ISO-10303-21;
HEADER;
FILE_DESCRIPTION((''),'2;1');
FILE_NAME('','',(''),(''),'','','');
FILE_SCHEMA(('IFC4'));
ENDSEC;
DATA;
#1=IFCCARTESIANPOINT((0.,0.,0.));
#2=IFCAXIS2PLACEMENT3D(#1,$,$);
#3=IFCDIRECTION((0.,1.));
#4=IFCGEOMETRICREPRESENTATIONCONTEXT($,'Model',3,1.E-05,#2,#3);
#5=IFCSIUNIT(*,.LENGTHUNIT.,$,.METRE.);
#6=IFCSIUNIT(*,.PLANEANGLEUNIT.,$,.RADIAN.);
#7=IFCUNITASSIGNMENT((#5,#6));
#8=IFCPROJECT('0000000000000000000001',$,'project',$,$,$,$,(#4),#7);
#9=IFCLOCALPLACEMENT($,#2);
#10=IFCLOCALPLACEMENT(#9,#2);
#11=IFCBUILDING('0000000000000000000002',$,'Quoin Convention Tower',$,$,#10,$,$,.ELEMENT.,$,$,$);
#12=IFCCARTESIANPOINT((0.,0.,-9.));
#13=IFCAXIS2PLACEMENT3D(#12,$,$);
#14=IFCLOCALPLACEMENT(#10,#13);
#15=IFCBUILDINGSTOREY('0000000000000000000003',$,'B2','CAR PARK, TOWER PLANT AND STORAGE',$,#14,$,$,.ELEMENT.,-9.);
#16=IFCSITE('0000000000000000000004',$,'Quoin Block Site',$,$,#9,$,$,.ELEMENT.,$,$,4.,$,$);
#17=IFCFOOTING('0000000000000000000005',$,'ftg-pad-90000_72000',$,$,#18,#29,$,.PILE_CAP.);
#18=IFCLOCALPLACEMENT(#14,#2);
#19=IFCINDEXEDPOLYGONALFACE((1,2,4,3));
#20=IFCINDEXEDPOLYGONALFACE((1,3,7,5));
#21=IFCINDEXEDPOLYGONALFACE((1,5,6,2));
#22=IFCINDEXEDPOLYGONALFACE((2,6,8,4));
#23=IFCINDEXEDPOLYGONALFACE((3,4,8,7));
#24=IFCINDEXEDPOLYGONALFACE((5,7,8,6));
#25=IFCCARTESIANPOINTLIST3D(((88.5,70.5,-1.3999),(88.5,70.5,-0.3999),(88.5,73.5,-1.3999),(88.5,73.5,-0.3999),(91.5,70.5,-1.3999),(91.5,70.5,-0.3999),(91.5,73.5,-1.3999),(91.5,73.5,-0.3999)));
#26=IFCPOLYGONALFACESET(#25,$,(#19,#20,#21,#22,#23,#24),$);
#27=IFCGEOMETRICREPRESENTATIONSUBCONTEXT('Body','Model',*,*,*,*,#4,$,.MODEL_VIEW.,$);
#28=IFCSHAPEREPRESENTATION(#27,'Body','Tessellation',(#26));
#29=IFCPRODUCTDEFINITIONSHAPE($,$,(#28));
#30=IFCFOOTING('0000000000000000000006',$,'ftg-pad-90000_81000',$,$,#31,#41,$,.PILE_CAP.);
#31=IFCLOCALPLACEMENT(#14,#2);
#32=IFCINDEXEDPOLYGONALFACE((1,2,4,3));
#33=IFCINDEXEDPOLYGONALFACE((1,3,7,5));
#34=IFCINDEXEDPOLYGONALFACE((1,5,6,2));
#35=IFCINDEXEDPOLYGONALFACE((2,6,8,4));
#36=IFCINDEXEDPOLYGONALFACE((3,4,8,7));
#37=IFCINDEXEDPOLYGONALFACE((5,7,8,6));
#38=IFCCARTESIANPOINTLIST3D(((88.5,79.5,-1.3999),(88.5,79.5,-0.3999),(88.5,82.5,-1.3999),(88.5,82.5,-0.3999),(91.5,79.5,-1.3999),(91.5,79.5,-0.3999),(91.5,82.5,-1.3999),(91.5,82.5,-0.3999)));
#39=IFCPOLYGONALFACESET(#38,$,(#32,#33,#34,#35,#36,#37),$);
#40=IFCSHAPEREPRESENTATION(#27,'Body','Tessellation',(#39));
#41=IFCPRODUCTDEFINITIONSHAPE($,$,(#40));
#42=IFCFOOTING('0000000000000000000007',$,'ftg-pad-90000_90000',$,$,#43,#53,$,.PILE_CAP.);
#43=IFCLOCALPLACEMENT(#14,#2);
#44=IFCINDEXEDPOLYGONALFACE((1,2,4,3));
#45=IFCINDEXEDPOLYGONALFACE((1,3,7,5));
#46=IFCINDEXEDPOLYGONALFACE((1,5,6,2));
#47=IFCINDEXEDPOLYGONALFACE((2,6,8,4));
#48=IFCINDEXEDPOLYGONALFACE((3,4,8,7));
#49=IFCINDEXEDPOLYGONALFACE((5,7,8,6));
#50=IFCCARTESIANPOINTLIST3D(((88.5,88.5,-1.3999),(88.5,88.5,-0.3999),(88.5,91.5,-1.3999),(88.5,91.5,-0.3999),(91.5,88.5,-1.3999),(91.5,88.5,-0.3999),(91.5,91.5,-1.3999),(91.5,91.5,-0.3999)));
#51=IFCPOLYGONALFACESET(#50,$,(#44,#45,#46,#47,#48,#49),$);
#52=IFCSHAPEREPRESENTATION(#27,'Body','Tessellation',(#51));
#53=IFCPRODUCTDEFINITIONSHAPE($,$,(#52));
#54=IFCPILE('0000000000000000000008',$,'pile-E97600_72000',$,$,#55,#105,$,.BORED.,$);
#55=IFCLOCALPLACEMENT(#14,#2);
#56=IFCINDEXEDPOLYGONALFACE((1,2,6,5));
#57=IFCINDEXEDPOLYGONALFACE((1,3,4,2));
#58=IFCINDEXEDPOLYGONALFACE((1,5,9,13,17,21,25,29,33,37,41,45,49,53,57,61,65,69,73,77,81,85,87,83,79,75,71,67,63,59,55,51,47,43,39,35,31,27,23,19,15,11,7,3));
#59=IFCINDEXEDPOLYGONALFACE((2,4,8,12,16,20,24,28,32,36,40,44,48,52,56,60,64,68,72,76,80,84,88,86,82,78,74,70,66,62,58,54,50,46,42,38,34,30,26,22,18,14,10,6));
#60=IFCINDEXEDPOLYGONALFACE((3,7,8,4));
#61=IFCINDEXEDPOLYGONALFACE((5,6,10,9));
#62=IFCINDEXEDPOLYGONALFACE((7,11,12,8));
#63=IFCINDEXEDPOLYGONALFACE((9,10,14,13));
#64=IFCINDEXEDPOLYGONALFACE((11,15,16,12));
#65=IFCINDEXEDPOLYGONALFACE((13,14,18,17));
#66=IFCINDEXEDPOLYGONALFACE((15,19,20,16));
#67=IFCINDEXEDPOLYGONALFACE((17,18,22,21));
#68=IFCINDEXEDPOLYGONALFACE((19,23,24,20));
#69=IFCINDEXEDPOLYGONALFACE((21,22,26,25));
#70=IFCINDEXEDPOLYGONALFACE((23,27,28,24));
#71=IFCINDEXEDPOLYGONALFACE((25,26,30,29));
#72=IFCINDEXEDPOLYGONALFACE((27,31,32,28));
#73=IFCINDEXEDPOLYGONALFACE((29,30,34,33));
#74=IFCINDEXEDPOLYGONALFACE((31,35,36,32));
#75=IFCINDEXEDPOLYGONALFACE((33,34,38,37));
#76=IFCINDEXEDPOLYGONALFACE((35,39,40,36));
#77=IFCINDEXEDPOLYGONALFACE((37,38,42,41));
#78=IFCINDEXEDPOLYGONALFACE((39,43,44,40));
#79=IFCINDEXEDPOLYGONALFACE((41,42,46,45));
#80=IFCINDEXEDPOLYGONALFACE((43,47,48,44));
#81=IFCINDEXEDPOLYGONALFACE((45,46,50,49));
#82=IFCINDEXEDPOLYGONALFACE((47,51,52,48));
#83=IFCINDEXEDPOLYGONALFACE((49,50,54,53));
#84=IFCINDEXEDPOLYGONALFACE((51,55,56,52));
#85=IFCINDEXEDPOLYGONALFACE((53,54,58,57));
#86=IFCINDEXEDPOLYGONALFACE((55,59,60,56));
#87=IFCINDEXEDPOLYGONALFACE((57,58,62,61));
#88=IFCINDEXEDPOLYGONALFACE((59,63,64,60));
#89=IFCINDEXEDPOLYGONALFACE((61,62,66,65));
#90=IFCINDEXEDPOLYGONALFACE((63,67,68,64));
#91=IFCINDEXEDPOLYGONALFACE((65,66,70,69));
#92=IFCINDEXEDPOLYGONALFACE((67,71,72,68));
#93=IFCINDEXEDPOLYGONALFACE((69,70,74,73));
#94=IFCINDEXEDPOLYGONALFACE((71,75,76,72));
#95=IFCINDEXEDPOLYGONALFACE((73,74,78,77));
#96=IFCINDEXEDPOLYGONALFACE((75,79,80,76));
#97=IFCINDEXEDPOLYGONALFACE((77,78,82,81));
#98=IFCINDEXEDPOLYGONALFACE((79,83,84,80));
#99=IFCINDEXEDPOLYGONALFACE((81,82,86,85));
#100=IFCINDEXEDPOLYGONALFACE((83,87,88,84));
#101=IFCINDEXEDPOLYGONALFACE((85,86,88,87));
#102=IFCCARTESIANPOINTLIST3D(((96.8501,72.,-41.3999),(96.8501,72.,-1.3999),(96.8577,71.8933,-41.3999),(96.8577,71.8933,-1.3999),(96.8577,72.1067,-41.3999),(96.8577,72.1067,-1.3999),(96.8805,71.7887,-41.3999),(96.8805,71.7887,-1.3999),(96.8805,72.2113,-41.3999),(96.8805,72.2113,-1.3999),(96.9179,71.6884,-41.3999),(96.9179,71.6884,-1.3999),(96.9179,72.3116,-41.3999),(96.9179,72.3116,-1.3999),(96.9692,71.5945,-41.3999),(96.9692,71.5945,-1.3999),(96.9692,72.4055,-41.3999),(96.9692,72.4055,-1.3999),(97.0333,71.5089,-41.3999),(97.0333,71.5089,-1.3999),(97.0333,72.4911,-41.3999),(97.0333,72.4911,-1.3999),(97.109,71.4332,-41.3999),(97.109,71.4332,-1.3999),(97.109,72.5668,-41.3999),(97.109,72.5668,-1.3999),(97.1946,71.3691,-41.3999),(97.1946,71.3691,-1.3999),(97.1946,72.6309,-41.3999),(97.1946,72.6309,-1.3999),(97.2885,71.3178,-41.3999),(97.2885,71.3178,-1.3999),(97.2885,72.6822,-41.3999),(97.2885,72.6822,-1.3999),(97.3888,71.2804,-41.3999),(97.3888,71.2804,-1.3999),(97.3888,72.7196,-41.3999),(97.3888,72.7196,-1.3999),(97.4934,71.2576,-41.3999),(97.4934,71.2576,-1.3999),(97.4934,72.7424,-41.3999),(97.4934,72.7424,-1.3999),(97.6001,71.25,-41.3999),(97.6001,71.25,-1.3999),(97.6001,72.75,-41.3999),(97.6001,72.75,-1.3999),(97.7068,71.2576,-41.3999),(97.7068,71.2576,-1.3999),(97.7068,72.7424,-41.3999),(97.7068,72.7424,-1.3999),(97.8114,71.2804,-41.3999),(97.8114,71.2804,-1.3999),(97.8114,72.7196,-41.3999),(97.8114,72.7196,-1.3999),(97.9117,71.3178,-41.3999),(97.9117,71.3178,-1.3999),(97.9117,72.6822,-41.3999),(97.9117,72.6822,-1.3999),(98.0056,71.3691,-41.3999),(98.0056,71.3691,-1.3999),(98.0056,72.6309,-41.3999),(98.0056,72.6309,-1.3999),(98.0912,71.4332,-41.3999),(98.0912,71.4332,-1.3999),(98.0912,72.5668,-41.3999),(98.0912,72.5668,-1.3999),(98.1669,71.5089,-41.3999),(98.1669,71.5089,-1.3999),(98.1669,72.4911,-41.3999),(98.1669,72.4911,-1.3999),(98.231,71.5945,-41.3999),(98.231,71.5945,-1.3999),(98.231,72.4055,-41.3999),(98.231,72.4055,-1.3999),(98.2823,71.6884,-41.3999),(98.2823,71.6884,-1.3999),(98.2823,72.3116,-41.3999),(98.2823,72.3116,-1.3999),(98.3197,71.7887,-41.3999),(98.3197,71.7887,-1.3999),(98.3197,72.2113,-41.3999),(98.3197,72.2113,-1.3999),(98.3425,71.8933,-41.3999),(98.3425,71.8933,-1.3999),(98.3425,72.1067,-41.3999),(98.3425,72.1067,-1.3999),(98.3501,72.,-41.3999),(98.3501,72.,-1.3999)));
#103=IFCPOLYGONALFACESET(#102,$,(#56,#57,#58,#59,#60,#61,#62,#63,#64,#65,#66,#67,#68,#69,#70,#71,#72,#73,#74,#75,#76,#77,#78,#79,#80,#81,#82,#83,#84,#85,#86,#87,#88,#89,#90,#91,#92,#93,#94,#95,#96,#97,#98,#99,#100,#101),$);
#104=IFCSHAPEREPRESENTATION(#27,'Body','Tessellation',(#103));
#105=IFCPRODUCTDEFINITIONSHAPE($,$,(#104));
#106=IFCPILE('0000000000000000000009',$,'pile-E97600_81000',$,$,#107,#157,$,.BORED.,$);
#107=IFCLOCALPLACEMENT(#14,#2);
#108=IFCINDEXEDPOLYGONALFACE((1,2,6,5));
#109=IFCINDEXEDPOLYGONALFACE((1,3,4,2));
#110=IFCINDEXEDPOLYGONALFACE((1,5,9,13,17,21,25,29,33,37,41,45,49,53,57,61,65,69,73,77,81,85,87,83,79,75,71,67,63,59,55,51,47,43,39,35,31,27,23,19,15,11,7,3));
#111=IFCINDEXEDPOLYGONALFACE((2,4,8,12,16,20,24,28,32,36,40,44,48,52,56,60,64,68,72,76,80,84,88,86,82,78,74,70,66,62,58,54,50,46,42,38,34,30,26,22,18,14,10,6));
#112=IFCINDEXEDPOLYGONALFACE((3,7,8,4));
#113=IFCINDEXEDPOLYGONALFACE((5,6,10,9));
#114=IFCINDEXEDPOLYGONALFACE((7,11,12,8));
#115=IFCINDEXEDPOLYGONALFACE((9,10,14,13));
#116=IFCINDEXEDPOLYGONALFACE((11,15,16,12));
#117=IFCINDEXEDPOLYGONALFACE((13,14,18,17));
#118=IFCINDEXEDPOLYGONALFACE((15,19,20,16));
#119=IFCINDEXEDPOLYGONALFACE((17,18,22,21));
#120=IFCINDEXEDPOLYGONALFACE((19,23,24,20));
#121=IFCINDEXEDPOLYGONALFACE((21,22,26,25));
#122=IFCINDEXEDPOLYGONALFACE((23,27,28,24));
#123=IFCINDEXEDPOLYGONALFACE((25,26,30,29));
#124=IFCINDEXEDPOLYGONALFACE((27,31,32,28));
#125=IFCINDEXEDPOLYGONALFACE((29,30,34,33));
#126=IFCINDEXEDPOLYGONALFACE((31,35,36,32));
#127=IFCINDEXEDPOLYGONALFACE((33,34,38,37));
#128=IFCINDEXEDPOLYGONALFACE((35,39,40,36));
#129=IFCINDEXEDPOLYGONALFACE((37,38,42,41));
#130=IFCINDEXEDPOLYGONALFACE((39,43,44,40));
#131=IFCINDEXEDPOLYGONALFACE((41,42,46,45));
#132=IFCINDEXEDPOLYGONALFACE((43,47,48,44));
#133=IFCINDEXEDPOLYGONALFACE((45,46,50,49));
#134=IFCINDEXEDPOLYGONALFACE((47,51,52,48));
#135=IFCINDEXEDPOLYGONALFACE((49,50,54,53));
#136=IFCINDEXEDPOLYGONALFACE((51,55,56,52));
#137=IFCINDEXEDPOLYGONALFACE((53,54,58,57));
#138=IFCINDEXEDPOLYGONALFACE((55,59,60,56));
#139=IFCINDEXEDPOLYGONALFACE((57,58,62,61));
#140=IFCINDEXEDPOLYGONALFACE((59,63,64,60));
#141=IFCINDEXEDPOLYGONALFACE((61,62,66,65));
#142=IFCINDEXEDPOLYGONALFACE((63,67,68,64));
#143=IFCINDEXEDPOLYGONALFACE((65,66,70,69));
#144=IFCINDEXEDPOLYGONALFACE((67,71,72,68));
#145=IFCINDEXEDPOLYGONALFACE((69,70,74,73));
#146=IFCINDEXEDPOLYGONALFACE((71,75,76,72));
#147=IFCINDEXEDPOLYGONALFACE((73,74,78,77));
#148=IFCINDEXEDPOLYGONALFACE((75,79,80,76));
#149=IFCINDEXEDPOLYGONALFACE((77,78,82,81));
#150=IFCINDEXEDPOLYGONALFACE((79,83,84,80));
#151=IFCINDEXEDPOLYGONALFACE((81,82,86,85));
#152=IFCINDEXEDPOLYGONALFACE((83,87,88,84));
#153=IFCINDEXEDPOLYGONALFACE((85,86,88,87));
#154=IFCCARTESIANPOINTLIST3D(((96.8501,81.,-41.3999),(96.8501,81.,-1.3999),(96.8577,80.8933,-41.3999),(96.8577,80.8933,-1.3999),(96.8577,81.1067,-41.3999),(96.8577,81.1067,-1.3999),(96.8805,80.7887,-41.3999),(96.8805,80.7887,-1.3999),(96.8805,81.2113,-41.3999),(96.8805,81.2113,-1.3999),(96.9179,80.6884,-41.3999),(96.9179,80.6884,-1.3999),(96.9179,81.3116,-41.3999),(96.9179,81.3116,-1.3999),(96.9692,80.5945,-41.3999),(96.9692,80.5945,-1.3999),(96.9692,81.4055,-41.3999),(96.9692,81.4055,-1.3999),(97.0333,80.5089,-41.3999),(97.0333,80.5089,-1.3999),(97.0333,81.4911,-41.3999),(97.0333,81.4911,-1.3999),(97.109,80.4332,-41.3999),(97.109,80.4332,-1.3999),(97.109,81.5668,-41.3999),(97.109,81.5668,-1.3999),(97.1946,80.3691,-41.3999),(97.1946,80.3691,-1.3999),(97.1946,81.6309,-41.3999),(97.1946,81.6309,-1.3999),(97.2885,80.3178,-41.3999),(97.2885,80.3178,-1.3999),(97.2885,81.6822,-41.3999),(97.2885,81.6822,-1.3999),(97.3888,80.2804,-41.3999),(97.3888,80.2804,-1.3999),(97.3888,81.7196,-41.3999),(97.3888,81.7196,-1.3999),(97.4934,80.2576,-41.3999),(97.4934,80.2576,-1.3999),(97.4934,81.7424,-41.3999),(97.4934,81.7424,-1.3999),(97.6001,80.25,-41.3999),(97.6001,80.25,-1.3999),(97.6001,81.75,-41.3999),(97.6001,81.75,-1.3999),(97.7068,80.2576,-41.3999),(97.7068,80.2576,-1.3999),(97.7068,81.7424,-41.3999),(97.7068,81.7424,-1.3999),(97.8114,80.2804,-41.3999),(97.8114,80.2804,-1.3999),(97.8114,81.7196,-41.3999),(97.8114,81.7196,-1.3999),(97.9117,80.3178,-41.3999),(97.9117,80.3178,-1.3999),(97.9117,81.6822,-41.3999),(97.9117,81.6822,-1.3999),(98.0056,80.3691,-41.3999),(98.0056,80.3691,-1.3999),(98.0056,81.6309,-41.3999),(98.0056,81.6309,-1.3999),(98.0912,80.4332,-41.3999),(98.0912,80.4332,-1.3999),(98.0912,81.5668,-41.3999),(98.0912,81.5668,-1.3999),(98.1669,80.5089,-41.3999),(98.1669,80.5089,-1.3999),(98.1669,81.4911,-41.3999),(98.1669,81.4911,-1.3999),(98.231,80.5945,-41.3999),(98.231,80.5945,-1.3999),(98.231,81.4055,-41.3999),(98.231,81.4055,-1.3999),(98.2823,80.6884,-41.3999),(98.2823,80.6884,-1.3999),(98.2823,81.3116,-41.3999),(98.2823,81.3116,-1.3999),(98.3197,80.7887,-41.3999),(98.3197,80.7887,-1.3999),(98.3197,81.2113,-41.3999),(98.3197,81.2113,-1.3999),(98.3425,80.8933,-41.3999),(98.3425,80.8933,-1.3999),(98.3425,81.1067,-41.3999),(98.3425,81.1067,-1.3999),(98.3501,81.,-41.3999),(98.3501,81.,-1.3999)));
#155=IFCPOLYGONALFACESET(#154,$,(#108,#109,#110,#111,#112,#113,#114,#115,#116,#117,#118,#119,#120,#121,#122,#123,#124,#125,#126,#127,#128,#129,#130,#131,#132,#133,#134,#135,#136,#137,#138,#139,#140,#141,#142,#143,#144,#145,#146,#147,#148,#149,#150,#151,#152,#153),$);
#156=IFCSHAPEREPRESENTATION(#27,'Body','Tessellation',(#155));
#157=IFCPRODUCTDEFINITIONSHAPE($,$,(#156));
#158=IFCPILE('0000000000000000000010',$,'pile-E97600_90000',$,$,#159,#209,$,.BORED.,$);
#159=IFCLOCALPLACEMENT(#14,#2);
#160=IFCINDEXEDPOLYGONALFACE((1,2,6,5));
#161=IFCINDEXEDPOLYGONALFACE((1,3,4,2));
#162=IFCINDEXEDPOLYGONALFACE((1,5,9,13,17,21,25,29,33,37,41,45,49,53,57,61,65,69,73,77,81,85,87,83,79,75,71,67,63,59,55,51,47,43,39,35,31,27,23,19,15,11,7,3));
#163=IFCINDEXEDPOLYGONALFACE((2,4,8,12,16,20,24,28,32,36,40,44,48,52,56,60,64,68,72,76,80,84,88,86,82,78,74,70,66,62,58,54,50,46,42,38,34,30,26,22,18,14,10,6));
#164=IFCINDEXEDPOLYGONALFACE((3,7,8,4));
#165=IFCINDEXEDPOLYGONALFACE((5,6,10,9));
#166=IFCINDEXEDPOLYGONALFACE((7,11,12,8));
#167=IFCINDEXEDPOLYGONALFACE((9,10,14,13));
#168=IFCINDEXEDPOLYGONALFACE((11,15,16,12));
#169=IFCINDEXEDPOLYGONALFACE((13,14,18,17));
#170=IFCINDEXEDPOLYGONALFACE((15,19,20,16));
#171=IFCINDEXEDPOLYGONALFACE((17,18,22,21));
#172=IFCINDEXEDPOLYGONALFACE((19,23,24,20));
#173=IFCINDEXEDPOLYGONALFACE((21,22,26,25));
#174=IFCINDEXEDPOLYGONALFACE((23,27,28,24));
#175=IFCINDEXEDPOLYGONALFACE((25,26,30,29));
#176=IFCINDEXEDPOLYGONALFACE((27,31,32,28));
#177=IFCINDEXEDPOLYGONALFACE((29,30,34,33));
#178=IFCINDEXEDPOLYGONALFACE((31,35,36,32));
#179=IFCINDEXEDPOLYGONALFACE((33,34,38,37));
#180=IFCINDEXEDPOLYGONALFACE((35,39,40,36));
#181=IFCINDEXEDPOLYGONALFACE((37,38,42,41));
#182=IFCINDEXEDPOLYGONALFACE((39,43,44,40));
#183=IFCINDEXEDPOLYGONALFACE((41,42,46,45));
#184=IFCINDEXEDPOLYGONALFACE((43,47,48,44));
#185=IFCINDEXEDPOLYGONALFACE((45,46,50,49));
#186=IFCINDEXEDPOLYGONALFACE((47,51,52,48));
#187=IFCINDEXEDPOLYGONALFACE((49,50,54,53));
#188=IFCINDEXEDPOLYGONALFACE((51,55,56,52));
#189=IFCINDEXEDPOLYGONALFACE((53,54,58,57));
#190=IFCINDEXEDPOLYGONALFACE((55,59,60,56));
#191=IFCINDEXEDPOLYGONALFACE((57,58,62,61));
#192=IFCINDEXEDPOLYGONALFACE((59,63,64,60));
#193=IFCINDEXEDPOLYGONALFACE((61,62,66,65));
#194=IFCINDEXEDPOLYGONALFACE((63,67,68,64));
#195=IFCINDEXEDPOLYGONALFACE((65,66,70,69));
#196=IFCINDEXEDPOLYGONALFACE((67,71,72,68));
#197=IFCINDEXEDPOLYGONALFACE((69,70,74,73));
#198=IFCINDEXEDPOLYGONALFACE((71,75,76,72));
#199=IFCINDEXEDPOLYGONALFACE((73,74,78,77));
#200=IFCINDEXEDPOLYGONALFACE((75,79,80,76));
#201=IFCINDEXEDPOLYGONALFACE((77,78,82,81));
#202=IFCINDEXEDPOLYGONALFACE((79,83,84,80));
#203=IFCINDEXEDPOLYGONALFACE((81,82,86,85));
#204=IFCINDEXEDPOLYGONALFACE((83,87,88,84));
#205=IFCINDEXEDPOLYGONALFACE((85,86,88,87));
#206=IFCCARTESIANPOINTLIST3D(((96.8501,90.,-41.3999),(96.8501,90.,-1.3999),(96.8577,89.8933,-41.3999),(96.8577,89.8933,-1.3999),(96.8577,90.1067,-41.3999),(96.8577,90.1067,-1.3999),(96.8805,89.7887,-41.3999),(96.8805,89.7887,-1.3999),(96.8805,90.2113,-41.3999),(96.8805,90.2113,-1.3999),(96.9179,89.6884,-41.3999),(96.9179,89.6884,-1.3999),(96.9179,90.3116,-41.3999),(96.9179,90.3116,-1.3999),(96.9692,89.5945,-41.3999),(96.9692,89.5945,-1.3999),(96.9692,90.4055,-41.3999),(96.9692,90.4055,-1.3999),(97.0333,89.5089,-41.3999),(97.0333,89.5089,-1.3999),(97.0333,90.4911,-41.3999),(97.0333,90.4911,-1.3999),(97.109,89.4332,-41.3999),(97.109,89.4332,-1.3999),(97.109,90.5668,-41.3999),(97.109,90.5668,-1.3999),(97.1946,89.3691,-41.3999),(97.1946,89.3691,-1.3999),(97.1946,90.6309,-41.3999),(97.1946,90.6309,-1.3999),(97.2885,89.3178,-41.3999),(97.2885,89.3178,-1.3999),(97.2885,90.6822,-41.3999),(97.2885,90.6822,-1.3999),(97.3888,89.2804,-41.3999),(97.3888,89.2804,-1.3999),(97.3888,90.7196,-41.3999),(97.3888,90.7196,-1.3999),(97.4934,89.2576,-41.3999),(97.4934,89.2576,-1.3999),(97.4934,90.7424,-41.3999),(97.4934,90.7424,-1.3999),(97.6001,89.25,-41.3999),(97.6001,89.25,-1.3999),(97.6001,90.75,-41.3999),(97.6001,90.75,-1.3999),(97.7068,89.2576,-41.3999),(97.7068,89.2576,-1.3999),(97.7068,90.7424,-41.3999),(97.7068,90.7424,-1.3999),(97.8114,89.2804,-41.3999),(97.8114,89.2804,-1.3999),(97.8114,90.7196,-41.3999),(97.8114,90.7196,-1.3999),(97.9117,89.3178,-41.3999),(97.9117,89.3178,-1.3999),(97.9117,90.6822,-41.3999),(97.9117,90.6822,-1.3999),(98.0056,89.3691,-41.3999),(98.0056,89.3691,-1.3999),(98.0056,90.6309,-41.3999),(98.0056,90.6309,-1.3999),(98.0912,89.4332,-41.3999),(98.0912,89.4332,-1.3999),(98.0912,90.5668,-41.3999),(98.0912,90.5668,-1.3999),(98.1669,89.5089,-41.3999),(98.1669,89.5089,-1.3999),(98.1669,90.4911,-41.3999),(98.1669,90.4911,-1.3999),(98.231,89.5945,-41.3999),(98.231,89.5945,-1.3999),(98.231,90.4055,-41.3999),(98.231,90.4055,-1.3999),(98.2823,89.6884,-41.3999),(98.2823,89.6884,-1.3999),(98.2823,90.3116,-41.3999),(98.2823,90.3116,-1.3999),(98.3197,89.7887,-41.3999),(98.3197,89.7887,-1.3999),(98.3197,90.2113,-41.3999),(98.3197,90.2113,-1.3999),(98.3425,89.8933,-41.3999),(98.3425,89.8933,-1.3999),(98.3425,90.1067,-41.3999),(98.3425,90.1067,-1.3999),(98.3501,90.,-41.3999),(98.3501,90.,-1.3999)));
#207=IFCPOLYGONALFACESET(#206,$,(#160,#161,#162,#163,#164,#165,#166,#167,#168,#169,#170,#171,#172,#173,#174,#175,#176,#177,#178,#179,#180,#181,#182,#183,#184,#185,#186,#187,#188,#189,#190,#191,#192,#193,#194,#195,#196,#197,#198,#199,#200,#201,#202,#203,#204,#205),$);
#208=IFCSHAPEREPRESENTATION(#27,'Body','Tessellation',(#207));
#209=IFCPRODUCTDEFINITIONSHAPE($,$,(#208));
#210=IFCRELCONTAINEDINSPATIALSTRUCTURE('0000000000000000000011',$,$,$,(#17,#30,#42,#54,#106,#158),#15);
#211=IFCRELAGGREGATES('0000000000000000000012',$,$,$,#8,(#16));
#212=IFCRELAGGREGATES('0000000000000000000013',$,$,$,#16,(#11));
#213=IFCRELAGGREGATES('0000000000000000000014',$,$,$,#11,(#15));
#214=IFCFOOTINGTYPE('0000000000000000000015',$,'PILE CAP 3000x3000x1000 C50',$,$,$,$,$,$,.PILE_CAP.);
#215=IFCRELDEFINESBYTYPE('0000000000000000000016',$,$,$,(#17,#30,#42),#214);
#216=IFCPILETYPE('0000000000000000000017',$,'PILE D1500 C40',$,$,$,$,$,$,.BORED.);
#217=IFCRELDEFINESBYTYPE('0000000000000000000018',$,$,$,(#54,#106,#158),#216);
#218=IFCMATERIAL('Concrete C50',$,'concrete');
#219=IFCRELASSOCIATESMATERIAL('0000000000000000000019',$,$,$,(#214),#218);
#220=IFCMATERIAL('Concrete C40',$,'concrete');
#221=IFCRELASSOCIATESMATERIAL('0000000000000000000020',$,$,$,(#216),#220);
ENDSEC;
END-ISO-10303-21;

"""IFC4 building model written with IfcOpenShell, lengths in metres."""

from ifc_helpers import new_model, si_unit, direction, frame, origin, origin_2d, place, context, subcontext, project, spatial, rectangle, circle, extrude, material, material_profile, profile_set, type_object, element, save


model = new_model("IFC4")

# Units and contexts
model_context = context("Model", 3, precision=1e-05, world=origin(), true_north=direction((0.0, 1.0)))
body_context = subcontext(model_context, "Body", "Model", "MODEL_VIEW")
ifc_project = project(units=[si_unit("LENGTHUNIT", "METRE"), si_unit("PLANEANGLEUNIT", "RADIAN")], contexts=[model_context])

# Site, building, storey
site_placement = place(None, origin())
site = spatial("IfcSite", under=ifc_project, at=site_placement, Name="Quoin Block Site", CompositionType="ELEMENT", RefElevation=4.0)
building_placement = place(site_placement, origin())
building = spatial("IfcBuilding", under=site, at=building_placement, Name="Quoin Convention Tower", CompositionType="ELEMENT")
storey_placement = place(building_placement, frame((0.0, 0.0, -9.0)))
storey = spatial("IfcBuildingStorey", under=building, at=storey_placement, Name="B2", Description="CAR PARK, TOWER PLANT AND STORAGE", CompositionType="ELEMENT", Elevation=-9.0)

# Footings
ifc_material_1 = material(Name="Concrete C50", Category="concrete")
footing_type_1 = type_object("IfcFootingType", Name="PILE CAP 3000x3000x1000 C50", PredefinedType="PILE_CAP", material=ifc_material_1)
for number, where, z_axis, x_axis, name in (
    (1, (90.0, 72.0, -1.3999), (0.0, 0.0, 1.0), (1.0, 0.0, 0.0), "ftg-pad-90000_72000"),
    (2, (90.0, 81.0, -1.3999), (0.0, 0.0, 1.0), (1.0, 0.0, 0.0), "ftg-pad-90000_81000"),
    (3, (90.0, 90.0, -1.3999), (0.0, 0.0, 1.0), (1.0, 0.0, 0.0), "ftg-pad-90000_90000"),
):
    element("IfcFooting", number, at=place(storey_placement, frame(where, z_axis=z_axis, x_axis=x_axis)), inside=storey, type_object=footing_type_1, Name=name, PredefinedType="PILE_CAP", context=body_context, shape_type="SweptSolid", body=[
        extrude(rectangle(XDim=3.0, YDim=3.0, at=origin_2d()), origin(), (0.0, 0.0, 1.0), 1.0),
    ])

# Piles
ifc_material_2 = material(Name="Concrete C40", Category="concrete")
ifc_material_profile_1 = material_profile(ifc_material_2, circle(Radius=0.75, at=origin_2d()), Name="D1500")
ifc_profile_set_1 = profile_set([ifc_material_profile_1], Name="Concrete C40")
pile_type = type_object("IfcPileType", Name="PILE D1500 C40", PredefinedType="BORED", material=ifc_profile_set_1)
for number, where, z_axis, x_axis, name in (
    (4, (97.6001, 72.0, -1.3999), (0.0, 0.0, -1.0), (1.0, 0.0, 0.0), "pile-E97600_72000"),
    (5, (97.6001, 81.0, -1.3999), (0.0, 0.0, -1.0), (1.0, 0.0, 0.0), "pile-E97600_81000"),
    (6, (97.6001, 90.0, -1.3999), (0.0, 0.0, -1.0), (1.0, 0.0, 0.0), "pile-E97600_90000"),
):
    element("IfcPile", number, at=place(storey_placement, frame(where, z_axis=z_axis, x_axis=x_axis)), inside=storey, type_object=pile_type, Name=name, PredefinedType="BORED", context=body_context, shape_type="SweptSolid", body=[
        extrude(circle(Radius=0.75, at=origin_2d()), origin(), (0.0, 0.0, 1.0), 40.0),
    ])

save(model, "model.ifc")
